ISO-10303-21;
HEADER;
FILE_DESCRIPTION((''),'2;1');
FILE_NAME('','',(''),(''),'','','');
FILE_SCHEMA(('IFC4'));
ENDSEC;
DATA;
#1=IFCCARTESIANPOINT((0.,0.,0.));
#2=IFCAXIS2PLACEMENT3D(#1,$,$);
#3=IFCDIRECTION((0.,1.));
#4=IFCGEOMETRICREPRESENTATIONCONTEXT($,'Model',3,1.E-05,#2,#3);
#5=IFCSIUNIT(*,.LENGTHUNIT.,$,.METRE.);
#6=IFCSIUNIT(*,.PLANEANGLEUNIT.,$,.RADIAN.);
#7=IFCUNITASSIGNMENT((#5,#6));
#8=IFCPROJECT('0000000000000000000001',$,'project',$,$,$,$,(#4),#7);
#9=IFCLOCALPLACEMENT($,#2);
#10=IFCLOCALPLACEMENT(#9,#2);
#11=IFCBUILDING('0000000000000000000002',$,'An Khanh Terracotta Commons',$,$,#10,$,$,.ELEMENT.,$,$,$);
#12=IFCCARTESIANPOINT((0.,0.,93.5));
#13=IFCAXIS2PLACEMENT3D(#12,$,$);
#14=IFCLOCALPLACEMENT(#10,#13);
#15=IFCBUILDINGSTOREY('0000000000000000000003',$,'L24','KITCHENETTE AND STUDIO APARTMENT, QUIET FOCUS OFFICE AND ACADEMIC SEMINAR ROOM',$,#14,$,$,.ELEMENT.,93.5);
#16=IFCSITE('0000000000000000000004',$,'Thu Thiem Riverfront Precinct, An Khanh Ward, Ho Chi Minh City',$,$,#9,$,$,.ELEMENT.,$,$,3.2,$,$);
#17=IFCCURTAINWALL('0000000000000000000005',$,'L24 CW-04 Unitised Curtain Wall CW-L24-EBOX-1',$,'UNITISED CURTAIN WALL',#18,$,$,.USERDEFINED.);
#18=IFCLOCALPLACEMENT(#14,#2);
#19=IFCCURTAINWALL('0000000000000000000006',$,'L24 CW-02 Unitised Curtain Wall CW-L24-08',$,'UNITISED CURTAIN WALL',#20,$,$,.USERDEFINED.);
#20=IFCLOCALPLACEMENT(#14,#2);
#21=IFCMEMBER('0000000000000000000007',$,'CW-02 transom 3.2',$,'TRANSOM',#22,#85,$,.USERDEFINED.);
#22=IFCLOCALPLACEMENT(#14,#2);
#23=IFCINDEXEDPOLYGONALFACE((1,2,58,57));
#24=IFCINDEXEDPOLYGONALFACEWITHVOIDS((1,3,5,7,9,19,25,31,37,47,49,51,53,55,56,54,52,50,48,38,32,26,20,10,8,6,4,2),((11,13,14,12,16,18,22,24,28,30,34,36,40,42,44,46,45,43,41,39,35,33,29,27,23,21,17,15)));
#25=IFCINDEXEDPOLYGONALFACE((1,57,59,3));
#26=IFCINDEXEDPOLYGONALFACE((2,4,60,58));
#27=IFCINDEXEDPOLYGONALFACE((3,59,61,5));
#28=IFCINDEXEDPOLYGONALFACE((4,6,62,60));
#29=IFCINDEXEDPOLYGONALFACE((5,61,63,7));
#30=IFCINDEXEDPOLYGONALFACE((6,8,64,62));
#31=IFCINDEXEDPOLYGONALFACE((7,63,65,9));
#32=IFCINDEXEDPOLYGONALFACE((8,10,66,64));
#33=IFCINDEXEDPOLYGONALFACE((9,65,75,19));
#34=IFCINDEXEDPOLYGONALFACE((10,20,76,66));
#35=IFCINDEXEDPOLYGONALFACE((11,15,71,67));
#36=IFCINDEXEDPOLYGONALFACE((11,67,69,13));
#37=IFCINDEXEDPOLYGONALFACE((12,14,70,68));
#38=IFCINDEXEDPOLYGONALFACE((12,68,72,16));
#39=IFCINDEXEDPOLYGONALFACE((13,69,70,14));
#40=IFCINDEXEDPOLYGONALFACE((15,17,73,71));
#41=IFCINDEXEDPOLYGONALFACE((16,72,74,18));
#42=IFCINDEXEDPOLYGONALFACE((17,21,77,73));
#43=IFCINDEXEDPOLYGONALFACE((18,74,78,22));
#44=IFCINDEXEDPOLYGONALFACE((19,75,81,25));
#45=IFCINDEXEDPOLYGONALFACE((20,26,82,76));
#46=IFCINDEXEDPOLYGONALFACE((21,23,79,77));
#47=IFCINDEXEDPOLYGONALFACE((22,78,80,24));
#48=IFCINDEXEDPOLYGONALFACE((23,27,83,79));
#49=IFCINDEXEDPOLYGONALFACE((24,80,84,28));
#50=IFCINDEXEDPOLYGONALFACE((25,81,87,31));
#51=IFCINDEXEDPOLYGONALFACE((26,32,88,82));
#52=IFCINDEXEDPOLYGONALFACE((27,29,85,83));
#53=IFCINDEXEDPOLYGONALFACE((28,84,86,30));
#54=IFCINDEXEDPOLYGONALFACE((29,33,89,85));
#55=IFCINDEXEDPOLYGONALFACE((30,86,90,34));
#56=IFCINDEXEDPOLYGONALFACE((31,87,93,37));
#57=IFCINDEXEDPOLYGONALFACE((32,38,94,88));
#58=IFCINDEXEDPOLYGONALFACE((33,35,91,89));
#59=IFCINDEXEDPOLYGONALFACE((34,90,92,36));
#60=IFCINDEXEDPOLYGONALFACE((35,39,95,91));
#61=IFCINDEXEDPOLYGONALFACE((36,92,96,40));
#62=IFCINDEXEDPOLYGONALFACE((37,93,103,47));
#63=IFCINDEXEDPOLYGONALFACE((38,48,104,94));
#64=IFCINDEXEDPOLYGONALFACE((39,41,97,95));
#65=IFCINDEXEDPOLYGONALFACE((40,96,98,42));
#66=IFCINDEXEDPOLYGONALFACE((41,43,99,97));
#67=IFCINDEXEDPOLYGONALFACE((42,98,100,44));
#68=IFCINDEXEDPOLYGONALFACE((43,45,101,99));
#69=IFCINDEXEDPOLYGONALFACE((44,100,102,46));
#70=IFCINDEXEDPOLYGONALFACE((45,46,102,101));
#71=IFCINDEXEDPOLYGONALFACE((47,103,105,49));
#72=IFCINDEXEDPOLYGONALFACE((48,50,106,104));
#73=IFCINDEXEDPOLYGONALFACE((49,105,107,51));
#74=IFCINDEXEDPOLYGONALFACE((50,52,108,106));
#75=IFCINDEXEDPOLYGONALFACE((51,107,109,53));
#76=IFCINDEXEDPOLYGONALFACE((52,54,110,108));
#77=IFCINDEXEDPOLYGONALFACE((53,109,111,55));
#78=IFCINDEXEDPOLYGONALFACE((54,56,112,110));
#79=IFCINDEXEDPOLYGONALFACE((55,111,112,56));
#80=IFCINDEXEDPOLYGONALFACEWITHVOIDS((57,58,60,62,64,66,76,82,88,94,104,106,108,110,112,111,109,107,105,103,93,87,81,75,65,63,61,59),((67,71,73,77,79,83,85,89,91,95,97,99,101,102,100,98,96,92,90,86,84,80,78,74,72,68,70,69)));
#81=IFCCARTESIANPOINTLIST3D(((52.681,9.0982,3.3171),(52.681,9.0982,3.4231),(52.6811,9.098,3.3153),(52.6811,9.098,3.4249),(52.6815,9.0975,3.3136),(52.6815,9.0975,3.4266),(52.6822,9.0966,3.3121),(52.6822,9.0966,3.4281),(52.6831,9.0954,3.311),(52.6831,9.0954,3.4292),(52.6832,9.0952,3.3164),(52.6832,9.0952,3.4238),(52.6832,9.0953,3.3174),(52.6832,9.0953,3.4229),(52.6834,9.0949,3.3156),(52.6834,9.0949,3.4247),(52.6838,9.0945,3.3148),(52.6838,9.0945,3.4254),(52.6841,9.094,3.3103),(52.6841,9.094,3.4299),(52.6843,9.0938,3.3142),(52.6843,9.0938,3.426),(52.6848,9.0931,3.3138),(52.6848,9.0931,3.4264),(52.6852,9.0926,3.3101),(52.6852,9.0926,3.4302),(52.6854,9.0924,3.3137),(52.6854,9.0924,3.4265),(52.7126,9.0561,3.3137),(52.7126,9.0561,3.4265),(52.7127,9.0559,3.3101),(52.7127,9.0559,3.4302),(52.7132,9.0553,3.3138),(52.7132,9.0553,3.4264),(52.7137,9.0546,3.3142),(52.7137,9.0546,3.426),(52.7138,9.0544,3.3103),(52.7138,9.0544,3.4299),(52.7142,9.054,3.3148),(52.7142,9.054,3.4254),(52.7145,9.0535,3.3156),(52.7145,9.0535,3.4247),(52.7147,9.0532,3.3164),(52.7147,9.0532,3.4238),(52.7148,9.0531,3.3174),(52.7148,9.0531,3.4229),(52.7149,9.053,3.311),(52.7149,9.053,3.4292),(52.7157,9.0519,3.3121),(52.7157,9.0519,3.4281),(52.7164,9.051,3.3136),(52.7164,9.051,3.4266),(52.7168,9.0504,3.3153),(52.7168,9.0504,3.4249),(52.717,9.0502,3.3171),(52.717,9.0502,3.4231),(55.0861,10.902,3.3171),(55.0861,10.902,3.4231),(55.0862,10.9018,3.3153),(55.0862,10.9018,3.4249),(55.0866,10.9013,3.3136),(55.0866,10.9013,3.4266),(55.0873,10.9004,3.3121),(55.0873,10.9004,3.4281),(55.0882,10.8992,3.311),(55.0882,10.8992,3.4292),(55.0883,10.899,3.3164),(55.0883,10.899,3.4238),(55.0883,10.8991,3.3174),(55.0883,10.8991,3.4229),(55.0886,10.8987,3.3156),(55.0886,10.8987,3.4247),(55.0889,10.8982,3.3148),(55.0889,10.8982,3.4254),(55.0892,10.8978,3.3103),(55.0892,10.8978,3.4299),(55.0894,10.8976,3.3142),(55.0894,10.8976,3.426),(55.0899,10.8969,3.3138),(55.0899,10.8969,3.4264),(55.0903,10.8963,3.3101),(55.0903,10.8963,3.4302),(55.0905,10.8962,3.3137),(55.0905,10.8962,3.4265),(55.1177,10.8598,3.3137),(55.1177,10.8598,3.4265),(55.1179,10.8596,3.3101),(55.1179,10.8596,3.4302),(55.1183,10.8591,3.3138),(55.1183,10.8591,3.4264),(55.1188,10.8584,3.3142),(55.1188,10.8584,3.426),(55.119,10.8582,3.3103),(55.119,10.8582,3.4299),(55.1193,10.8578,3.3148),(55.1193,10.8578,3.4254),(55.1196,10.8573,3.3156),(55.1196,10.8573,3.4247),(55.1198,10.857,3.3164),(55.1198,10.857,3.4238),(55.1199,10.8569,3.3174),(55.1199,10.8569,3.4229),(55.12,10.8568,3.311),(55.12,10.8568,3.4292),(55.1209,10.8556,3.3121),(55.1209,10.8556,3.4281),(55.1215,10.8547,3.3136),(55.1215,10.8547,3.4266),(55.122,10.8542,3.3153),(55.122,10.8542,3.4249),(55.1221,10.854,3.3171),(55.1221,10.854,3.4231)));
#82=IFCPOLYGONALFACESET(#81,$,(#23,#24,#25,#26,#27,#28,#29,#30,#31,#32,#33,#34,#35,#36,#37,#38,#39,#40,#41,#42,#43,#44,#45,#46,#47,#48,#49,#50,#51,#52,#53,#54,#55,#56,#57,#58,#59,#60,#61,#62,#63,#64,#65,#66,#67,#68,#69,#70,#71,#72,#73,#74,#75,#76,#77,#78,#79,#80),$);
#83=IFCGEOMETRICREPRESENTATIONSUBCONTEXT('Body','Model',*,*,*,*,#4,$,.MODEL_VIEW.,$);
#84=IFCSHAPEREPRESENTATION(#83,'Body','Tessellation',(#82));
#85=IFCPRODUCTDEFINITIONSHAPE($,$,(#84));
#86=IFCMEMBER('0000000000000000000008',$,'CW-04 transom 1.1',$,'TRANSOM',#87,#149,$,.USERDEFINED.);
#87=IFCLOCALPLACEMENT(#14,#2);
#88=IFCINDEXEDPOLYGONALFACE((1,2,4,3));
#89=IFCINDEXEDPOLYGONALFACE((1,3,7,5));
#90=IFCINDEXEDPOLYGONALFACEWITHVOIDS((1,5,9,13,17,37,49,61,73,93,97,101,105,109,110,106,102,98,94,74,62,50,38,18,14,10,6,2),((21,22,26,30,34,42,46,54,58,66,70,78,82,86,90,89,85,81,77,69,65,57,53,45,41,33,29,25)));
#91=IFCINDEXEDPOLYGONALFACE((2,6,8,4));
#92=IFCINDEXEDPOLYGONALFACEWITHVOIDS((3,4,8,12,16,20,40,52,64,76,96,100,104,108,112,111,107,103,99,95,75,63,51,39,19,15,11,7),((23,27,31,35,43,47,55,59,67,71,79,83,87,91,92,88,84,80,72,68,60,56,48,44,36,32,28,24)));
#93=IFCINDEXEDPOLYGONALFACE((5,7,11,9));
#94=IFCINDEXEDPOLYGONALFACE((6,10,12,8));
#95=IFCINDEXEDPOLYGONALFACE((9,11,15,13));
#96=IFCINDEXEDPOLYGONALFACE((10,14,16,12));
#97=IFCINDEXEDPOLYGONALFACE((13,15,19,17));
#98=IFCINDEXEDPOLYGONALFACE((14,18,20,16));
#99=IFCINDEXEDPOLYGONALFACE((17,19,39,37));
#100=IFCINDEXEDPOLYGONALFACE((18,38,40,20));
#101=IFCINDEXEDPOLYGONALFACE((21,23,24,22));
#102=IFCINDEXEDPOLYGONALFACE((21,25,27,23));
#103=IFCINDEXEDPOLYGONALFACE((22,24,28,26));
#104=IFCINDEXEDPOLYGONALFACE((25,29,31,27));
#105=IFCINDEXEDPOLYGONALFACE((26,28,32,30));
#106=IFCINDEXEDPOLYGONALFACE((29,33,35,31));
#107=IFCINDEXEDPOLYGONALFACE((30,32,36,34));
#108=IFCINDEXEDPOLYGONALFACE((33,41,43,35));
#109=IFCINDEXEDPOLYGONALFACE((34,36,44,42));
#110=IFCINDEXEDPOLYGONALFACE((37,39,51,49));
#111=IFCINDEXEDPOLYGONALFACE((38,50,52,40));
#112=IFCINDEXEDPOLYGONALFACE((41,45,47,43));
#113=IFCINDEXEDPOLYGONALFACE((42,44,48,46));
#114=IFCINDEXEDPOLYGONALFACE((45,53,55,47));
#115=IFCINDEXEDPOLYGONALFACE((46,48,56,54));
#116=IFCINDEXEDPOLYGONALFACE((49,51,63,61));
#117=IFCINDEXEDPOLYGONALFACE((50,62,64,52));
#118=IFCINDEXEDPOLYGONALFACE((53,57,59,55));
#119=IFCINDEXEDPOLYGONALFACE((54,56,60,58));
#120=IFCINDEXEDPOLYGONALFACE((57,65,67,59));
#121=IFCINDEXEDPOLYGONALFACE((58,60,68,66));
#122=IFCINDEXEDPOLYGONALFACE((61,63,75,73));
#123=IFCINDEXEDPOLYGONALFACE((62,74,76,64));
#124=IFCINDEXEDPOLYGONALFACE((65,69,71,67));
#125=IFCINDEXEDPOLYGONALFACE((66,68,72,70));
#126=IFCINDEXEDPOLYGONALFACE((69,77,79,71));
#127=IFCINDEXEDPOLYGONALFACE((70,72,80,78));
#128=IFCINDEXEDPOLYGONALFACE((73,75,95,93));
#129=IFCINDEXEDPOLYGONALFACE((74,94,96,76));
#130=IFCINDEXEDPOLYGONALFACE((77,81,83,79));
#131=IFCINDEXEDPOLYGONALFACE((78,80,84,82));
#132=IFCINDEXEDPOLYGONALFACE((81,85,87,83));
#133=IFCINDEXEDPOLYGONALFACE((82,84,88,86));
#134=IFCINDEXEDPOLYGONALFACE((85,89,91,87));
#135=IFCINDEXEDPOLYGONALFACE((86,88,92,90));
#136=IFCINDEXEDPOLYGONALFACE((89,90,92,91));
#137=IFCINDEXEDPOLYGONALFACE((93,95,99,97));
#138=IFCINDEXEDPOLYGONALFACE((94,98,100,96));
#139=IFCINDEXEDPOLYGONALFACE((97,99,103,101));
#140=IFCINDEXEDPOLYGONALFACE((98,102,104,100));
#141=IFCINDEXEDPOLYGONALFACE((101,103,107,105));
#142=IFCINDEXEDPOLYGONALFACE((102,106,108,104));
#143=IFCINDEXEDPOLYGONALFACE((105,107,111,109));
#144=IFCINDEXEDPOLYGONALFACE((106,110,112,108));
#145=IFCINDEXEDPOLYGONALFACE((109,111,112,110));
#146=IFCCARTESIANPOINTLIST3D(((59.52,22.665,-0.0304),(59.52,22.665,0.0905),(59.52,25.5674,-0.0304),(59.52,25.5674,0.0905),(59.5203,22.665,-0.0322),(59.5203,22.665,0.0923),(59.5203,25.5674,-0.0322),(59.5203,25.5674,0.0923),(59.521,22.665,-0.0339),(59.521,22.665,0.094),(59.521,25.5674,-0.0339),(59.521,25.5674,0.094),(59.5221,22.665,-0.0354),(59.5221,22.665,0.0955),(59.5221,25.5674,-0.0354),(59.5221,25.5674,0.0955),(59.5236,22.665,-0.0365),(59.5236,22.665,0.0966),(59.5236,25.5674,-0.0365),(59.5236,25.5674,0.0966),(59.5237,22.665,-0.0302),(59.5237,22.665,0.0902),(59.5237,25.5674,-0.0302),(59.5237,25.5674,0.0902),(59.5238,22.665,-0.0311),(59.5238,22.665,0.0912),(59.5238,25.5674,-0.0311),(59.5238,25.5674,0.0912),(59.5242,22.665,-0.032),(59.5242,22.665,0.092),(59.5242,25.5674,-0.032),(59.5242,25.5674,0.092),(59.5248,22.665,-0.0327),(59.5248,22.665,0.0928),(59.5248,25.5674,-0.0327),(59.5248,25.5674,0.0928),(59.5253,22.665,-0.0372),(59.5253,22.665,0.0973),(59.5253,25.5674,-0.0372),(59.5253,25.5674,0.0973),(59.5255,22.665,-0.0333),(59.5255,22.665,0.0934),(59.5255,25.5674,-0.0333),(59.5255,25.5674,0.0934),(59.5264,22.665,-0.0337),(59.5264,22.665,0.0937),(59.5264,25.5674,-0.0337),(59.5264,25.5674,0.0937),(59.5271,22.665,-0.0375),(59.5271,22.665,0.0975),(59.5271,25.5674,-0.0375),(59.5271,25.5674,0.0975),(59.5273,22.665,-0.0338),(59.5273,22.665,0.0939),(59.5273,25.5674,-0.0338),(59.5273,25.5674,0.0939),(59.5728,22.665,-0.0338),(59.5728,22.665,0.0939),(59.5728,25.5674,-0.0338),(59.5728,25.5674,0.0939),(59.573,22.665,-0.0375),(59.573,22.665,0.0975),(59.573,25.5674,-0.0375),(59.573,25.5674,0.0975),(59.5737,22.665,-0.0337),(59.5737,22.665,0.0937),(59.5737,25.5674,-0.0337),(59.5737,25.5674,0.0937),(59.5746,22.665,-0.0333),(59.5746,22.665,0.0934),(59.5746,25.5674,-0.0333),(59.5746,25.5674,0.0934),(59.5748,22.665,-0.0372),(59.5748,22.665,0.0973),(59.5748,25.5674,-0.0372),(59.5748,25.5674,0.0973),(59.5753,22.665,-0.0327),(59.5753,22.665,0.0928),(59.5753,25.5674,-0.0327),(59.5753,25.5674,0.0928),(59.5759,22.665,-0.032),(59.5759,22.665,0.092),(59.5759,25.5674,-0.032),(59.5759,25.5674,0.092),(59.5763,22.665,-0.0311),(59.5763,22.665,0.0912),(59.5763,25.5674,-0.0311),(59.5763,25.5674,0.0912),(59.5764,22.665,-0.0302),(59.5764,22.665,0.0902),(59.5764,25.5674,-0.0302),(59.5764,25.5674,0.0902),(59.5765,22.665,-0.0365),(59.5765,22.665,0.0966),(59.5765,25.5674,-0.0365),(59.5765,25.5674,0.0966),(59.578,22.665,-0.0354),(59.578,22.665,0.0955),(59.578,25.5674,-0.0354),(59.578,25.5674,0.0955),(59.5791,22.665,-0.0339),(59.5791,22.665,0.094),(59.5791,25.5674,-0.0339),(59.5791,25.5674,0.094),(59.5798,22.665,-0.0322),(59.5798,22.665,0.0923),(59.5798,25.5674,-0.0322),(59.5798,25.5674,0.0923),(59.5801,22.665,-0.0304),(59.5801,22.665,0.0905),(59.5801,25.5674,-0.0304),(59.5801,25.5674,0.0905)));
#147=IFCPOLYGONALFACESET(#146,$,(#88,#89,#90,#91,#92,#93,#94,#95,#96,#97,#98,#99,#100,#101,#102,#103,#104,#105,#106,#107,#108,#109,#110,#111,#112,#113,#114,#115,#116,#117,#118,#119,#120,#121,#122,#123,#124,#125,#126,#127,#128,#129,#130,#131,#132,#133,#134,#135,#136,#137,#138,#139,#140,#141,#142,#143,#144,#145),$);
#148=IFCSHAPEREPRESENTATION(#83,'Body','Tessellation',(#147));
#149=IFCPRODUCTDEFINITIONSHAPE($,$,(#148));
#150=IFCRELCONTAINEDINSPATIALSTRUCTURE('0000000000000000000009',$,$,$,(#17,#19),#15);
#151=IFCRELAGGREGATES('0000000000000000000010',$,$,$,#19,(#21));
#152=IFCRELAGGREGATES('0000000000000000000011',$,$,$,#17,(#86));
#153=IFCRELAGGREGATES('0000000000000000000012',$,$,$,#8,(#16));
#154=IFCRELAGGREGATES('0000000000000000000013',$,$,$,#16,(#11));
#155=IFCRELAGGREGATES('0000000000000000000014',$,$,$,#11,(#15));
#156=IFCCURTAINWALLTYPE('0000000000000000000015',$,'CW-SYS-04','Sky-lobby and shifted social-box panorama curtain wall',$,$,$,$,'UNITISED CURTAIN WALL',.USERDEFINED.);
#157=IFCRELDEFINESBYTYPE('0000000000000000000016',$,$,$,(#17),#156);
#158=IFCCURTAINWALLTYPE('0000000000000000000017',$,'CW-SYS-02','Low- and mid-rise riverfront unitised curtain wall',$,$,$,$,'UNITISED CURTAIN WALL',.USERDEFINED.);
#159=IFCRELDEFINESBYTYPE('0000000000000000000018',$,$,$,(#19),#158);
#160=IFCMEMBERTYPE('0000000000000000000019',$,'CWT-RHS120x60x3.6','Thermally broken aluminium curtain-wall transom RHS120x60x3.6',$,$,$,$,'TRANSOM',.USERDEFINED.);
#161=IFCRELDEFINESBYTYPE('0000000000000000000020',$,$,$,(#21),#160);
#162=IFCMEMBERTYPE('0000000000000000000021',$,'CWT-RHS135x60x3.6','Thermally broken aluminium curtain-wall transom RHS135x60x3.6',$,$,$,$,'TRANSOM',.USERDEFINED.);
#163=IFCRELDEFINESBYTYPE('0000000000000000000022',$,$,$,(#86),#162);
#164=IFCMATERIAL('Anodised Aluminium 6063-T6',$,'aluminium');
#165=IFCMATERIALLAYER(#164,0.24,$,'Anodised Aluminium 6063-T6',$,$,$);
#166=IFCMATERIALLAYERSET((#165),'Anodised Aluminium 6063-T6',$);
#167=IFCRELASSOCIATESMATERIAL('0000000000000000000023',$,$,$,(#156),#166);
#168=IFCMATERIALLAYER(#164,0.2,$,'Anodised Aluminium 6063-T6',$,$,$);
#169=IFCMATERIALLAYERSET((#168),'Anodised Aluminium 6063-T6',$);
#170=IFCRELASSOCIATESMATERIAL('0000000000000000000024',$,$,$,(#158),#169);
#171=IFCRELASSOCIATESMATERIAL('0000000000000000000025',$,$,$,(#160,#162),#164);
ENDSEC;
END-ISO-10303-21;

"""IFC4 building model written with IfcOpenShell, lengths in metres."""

from ifc_helpers import new_model, si_unit, direction, frame, origin, origin_2d, place, context, subcontext, project, spatial, hollow_rectangle, extrude, material, layer, layer_set, material_profile, profile_set, type_object, element, aggregate, save


model = new_model("IFC4")

# Units and contexts
model_context = context("Model", 3, precision=1e-05, world=origin(), true_north=direction((0.0, 1.0)))
body_context = subcontext(model_context, "Body", "Model", "MODEL_VIEW")
ifc_project = project(units=[si_unit("LENGTHUNIT", "METRE"), si_unit("PLANEANGLEUNIT", "RADIAN")], contexts=[model_context])

# Site, building, storey
site_placement = place(None, origin())
site = spatial("IfcSite", under=ifc_project, at=site_placement, Name="Thu Thiem Riverfront Precinct, An Khanh Ward, Ho Chi Minh City", CompositionType="ELEMENT", RefElevation=3.2)
building_placement = place(site_placement, origin())
building = spatial("IfcBuilding", under=site, at=building_placement, Name="An Khanh Terracotta Commons", CompositionType="ELEMENT")
storey_placement = place(building_placement, frame((0.0, 0.0, 93.5)))
storey = spatial("IfcBuildingStorey", under=building, at=storey_placement, Name="L24", Description="KITCHENETTE AND STUDIO APARTMENT, QUIET FOCUS OFFICE AND ACADEMIC SEMINAR ROOM", CompositionType="ELEMENT", Elevation=93.5)

# Curtain wall
ifc_material_1 = material(Name="Anodised Aluminium 6063-T6", Category="aluminium")
ifc_layer_1 = layer(ifc_material_1, 0.24, Name="Anodised Aluminium 6063-T6")
ifc_layer_set_1 = layer_set([ifc_layer_1], Name="Anodised Aluminium 6063-T6")
curtain_wall_type_1 = type_object("IfcCurtainWallType", Name="CW-SYS-04", Description="Sky-lobby and shifted social-box panorama curtain wall", ElementType="UNITISED CURTAIN WALL", PredefinedType="USERDEFINED", material=ifc_layer_set_1)
curtain_wall_1_placement = place(storey_placement, origin())
curtain_wall_1 = element("IfcCurtainWall", 1, at=curtain_wall_1_placement, inside=storey, type_object=curtain_wall_type_1, Name="L24 CW-04 Unitised Curtain Wall CW-L24-EBOX-1", ObjectType="UNITISED CURTAIN WALL", PredefinedType="USERDEFINED")

# Curtain wall, member
ifc_layer_2 = layer(ifc_material_1, 0.2, Name="Anodised Aluminium 6063-T6")
ifc_layer_set_2 = layer_set([ifc_layer_2], Name="Anodised Aluminium 6063-T6")
curtain_wall_type_2 = type_object("IfcCurtainWallType", Name="CW-SYS-02", Description="Low- and mid-rise riverfront unitised curtain wall", ElementType="UNITISED CURTAIN WALL", PredefinedType="USERDEFINED", material=ifc_layer_set_2)
curtain_wall_2_placement = place(storey_placement, origin())
curtain_wall_2 = element("IfcCurtainWall", 2, at=curtain_wall_2_placement, inside=storey, type_object=curtain_wall_type_2, Name="L24 CW-02 Unitised Curtain Wall CW-L24-08", ObjectType="UNITISED CURTAIN WALL", PredefinedType="USERDEFINED")
ifc_material_profile_1 = material_profile(ifc_material_1, hollow_rectangle(XDim=0.0601, YDim=0.1201, WallThickness=0.0037, InnerFilletRadius=0.0037, OuterFilletRadius=0.0071, at=origin_2d()), Name="RHS120x60x3.6")
ifc_profile_set_1 = profile_set([ifc_material_profile_1], Name="Anodised Aluminium 6063-T6")
member_type_1 = type_object("IfcMemberType", Name="CWT-RHS120x60x3.6", Description="Thermally broken aluminium curtain-wall transom RHS120x60x3.6", ElementType="TRANSOM", PredefinedType="USERDEFINED", material=ifc_profile_set_1)
member_1_placement = place(storey_placement, frame((52.699, 9.0742, 3.3701), z_axis=(0.80001, 0.599987, 0.0), x_axis=(-0.599987, 0.80001, 0.0)))
member_1 = element("IfcMember", 3, at=member_1_placement, type_object=member_type_1, Name="CW-02 transom 3.2", ObjectType="TRANSOM", PredefinedType="USERDEFINED", context=body_context, shape_type="SweptSolid", body=[
    extrude(hollow_rectangle(XDim=0.0601, YDim=0.1201, WallThickness=0.0037, InnerFilletRadius=0.0037, OuterFilletRadius=0.0071, at=origin_2d()), origin(), (0.0, 0.0, 1.0), 3.0063),
])

# Member
ifc_material_profile_2 = material_profile(ifc_material_1, hollow_rectangle(XDim=0.0601, YDim=0.135, WallThickness=0.0037, InnerFilletRadius=0.0037, OuterFilletRadius=0.0071, at=origin_2d()), Name="RHS135x60x3.6")
ifc_profile_set_2 = profile_set([ifc_material_profile_2], Name="Anodised Aluminium 6063-T6")
member_type_2 = type_object("IfcMemberType", Name="CWT-RHS135x60x3.6", Description="Thermally broken aluminium curtain-wall transom RHS135x60x3.6", ElementType="TRANSOM", PredefinedType="USERDEFINED", material=ifc_profile_set_2)
member_2_placement = place(storey_placement, frame((59.55, 22.665, 0.03), z_axis=(0.0, 1.0, 0.0), x_axis=(-1.0, 0.0, 0.0)))
member_2 = element("IfcMember", 4, at=member_2_placement, type_object=member_type_2, Name="CW-04 transom 1.1", ObjectType="TRANSOM", PredefinedType="USERDEFINED", context=body_context, shape_type="SweptSolid", body=[
    extrude(hollow_rectangle(XDim=0.0601, YDim=0.135, WallThickness=0.0037, InnerFilletRadius=0.0037, OuterFilletRadius=0.0071, at=origin_2d()), origin(), (0.0, 0.0, 1.0), 2.9023),
])

aggregate(curtain_wall_2, [member_1])
aggregate(curtain_wall_1, [member_2])

save(model, "model.ifc")
